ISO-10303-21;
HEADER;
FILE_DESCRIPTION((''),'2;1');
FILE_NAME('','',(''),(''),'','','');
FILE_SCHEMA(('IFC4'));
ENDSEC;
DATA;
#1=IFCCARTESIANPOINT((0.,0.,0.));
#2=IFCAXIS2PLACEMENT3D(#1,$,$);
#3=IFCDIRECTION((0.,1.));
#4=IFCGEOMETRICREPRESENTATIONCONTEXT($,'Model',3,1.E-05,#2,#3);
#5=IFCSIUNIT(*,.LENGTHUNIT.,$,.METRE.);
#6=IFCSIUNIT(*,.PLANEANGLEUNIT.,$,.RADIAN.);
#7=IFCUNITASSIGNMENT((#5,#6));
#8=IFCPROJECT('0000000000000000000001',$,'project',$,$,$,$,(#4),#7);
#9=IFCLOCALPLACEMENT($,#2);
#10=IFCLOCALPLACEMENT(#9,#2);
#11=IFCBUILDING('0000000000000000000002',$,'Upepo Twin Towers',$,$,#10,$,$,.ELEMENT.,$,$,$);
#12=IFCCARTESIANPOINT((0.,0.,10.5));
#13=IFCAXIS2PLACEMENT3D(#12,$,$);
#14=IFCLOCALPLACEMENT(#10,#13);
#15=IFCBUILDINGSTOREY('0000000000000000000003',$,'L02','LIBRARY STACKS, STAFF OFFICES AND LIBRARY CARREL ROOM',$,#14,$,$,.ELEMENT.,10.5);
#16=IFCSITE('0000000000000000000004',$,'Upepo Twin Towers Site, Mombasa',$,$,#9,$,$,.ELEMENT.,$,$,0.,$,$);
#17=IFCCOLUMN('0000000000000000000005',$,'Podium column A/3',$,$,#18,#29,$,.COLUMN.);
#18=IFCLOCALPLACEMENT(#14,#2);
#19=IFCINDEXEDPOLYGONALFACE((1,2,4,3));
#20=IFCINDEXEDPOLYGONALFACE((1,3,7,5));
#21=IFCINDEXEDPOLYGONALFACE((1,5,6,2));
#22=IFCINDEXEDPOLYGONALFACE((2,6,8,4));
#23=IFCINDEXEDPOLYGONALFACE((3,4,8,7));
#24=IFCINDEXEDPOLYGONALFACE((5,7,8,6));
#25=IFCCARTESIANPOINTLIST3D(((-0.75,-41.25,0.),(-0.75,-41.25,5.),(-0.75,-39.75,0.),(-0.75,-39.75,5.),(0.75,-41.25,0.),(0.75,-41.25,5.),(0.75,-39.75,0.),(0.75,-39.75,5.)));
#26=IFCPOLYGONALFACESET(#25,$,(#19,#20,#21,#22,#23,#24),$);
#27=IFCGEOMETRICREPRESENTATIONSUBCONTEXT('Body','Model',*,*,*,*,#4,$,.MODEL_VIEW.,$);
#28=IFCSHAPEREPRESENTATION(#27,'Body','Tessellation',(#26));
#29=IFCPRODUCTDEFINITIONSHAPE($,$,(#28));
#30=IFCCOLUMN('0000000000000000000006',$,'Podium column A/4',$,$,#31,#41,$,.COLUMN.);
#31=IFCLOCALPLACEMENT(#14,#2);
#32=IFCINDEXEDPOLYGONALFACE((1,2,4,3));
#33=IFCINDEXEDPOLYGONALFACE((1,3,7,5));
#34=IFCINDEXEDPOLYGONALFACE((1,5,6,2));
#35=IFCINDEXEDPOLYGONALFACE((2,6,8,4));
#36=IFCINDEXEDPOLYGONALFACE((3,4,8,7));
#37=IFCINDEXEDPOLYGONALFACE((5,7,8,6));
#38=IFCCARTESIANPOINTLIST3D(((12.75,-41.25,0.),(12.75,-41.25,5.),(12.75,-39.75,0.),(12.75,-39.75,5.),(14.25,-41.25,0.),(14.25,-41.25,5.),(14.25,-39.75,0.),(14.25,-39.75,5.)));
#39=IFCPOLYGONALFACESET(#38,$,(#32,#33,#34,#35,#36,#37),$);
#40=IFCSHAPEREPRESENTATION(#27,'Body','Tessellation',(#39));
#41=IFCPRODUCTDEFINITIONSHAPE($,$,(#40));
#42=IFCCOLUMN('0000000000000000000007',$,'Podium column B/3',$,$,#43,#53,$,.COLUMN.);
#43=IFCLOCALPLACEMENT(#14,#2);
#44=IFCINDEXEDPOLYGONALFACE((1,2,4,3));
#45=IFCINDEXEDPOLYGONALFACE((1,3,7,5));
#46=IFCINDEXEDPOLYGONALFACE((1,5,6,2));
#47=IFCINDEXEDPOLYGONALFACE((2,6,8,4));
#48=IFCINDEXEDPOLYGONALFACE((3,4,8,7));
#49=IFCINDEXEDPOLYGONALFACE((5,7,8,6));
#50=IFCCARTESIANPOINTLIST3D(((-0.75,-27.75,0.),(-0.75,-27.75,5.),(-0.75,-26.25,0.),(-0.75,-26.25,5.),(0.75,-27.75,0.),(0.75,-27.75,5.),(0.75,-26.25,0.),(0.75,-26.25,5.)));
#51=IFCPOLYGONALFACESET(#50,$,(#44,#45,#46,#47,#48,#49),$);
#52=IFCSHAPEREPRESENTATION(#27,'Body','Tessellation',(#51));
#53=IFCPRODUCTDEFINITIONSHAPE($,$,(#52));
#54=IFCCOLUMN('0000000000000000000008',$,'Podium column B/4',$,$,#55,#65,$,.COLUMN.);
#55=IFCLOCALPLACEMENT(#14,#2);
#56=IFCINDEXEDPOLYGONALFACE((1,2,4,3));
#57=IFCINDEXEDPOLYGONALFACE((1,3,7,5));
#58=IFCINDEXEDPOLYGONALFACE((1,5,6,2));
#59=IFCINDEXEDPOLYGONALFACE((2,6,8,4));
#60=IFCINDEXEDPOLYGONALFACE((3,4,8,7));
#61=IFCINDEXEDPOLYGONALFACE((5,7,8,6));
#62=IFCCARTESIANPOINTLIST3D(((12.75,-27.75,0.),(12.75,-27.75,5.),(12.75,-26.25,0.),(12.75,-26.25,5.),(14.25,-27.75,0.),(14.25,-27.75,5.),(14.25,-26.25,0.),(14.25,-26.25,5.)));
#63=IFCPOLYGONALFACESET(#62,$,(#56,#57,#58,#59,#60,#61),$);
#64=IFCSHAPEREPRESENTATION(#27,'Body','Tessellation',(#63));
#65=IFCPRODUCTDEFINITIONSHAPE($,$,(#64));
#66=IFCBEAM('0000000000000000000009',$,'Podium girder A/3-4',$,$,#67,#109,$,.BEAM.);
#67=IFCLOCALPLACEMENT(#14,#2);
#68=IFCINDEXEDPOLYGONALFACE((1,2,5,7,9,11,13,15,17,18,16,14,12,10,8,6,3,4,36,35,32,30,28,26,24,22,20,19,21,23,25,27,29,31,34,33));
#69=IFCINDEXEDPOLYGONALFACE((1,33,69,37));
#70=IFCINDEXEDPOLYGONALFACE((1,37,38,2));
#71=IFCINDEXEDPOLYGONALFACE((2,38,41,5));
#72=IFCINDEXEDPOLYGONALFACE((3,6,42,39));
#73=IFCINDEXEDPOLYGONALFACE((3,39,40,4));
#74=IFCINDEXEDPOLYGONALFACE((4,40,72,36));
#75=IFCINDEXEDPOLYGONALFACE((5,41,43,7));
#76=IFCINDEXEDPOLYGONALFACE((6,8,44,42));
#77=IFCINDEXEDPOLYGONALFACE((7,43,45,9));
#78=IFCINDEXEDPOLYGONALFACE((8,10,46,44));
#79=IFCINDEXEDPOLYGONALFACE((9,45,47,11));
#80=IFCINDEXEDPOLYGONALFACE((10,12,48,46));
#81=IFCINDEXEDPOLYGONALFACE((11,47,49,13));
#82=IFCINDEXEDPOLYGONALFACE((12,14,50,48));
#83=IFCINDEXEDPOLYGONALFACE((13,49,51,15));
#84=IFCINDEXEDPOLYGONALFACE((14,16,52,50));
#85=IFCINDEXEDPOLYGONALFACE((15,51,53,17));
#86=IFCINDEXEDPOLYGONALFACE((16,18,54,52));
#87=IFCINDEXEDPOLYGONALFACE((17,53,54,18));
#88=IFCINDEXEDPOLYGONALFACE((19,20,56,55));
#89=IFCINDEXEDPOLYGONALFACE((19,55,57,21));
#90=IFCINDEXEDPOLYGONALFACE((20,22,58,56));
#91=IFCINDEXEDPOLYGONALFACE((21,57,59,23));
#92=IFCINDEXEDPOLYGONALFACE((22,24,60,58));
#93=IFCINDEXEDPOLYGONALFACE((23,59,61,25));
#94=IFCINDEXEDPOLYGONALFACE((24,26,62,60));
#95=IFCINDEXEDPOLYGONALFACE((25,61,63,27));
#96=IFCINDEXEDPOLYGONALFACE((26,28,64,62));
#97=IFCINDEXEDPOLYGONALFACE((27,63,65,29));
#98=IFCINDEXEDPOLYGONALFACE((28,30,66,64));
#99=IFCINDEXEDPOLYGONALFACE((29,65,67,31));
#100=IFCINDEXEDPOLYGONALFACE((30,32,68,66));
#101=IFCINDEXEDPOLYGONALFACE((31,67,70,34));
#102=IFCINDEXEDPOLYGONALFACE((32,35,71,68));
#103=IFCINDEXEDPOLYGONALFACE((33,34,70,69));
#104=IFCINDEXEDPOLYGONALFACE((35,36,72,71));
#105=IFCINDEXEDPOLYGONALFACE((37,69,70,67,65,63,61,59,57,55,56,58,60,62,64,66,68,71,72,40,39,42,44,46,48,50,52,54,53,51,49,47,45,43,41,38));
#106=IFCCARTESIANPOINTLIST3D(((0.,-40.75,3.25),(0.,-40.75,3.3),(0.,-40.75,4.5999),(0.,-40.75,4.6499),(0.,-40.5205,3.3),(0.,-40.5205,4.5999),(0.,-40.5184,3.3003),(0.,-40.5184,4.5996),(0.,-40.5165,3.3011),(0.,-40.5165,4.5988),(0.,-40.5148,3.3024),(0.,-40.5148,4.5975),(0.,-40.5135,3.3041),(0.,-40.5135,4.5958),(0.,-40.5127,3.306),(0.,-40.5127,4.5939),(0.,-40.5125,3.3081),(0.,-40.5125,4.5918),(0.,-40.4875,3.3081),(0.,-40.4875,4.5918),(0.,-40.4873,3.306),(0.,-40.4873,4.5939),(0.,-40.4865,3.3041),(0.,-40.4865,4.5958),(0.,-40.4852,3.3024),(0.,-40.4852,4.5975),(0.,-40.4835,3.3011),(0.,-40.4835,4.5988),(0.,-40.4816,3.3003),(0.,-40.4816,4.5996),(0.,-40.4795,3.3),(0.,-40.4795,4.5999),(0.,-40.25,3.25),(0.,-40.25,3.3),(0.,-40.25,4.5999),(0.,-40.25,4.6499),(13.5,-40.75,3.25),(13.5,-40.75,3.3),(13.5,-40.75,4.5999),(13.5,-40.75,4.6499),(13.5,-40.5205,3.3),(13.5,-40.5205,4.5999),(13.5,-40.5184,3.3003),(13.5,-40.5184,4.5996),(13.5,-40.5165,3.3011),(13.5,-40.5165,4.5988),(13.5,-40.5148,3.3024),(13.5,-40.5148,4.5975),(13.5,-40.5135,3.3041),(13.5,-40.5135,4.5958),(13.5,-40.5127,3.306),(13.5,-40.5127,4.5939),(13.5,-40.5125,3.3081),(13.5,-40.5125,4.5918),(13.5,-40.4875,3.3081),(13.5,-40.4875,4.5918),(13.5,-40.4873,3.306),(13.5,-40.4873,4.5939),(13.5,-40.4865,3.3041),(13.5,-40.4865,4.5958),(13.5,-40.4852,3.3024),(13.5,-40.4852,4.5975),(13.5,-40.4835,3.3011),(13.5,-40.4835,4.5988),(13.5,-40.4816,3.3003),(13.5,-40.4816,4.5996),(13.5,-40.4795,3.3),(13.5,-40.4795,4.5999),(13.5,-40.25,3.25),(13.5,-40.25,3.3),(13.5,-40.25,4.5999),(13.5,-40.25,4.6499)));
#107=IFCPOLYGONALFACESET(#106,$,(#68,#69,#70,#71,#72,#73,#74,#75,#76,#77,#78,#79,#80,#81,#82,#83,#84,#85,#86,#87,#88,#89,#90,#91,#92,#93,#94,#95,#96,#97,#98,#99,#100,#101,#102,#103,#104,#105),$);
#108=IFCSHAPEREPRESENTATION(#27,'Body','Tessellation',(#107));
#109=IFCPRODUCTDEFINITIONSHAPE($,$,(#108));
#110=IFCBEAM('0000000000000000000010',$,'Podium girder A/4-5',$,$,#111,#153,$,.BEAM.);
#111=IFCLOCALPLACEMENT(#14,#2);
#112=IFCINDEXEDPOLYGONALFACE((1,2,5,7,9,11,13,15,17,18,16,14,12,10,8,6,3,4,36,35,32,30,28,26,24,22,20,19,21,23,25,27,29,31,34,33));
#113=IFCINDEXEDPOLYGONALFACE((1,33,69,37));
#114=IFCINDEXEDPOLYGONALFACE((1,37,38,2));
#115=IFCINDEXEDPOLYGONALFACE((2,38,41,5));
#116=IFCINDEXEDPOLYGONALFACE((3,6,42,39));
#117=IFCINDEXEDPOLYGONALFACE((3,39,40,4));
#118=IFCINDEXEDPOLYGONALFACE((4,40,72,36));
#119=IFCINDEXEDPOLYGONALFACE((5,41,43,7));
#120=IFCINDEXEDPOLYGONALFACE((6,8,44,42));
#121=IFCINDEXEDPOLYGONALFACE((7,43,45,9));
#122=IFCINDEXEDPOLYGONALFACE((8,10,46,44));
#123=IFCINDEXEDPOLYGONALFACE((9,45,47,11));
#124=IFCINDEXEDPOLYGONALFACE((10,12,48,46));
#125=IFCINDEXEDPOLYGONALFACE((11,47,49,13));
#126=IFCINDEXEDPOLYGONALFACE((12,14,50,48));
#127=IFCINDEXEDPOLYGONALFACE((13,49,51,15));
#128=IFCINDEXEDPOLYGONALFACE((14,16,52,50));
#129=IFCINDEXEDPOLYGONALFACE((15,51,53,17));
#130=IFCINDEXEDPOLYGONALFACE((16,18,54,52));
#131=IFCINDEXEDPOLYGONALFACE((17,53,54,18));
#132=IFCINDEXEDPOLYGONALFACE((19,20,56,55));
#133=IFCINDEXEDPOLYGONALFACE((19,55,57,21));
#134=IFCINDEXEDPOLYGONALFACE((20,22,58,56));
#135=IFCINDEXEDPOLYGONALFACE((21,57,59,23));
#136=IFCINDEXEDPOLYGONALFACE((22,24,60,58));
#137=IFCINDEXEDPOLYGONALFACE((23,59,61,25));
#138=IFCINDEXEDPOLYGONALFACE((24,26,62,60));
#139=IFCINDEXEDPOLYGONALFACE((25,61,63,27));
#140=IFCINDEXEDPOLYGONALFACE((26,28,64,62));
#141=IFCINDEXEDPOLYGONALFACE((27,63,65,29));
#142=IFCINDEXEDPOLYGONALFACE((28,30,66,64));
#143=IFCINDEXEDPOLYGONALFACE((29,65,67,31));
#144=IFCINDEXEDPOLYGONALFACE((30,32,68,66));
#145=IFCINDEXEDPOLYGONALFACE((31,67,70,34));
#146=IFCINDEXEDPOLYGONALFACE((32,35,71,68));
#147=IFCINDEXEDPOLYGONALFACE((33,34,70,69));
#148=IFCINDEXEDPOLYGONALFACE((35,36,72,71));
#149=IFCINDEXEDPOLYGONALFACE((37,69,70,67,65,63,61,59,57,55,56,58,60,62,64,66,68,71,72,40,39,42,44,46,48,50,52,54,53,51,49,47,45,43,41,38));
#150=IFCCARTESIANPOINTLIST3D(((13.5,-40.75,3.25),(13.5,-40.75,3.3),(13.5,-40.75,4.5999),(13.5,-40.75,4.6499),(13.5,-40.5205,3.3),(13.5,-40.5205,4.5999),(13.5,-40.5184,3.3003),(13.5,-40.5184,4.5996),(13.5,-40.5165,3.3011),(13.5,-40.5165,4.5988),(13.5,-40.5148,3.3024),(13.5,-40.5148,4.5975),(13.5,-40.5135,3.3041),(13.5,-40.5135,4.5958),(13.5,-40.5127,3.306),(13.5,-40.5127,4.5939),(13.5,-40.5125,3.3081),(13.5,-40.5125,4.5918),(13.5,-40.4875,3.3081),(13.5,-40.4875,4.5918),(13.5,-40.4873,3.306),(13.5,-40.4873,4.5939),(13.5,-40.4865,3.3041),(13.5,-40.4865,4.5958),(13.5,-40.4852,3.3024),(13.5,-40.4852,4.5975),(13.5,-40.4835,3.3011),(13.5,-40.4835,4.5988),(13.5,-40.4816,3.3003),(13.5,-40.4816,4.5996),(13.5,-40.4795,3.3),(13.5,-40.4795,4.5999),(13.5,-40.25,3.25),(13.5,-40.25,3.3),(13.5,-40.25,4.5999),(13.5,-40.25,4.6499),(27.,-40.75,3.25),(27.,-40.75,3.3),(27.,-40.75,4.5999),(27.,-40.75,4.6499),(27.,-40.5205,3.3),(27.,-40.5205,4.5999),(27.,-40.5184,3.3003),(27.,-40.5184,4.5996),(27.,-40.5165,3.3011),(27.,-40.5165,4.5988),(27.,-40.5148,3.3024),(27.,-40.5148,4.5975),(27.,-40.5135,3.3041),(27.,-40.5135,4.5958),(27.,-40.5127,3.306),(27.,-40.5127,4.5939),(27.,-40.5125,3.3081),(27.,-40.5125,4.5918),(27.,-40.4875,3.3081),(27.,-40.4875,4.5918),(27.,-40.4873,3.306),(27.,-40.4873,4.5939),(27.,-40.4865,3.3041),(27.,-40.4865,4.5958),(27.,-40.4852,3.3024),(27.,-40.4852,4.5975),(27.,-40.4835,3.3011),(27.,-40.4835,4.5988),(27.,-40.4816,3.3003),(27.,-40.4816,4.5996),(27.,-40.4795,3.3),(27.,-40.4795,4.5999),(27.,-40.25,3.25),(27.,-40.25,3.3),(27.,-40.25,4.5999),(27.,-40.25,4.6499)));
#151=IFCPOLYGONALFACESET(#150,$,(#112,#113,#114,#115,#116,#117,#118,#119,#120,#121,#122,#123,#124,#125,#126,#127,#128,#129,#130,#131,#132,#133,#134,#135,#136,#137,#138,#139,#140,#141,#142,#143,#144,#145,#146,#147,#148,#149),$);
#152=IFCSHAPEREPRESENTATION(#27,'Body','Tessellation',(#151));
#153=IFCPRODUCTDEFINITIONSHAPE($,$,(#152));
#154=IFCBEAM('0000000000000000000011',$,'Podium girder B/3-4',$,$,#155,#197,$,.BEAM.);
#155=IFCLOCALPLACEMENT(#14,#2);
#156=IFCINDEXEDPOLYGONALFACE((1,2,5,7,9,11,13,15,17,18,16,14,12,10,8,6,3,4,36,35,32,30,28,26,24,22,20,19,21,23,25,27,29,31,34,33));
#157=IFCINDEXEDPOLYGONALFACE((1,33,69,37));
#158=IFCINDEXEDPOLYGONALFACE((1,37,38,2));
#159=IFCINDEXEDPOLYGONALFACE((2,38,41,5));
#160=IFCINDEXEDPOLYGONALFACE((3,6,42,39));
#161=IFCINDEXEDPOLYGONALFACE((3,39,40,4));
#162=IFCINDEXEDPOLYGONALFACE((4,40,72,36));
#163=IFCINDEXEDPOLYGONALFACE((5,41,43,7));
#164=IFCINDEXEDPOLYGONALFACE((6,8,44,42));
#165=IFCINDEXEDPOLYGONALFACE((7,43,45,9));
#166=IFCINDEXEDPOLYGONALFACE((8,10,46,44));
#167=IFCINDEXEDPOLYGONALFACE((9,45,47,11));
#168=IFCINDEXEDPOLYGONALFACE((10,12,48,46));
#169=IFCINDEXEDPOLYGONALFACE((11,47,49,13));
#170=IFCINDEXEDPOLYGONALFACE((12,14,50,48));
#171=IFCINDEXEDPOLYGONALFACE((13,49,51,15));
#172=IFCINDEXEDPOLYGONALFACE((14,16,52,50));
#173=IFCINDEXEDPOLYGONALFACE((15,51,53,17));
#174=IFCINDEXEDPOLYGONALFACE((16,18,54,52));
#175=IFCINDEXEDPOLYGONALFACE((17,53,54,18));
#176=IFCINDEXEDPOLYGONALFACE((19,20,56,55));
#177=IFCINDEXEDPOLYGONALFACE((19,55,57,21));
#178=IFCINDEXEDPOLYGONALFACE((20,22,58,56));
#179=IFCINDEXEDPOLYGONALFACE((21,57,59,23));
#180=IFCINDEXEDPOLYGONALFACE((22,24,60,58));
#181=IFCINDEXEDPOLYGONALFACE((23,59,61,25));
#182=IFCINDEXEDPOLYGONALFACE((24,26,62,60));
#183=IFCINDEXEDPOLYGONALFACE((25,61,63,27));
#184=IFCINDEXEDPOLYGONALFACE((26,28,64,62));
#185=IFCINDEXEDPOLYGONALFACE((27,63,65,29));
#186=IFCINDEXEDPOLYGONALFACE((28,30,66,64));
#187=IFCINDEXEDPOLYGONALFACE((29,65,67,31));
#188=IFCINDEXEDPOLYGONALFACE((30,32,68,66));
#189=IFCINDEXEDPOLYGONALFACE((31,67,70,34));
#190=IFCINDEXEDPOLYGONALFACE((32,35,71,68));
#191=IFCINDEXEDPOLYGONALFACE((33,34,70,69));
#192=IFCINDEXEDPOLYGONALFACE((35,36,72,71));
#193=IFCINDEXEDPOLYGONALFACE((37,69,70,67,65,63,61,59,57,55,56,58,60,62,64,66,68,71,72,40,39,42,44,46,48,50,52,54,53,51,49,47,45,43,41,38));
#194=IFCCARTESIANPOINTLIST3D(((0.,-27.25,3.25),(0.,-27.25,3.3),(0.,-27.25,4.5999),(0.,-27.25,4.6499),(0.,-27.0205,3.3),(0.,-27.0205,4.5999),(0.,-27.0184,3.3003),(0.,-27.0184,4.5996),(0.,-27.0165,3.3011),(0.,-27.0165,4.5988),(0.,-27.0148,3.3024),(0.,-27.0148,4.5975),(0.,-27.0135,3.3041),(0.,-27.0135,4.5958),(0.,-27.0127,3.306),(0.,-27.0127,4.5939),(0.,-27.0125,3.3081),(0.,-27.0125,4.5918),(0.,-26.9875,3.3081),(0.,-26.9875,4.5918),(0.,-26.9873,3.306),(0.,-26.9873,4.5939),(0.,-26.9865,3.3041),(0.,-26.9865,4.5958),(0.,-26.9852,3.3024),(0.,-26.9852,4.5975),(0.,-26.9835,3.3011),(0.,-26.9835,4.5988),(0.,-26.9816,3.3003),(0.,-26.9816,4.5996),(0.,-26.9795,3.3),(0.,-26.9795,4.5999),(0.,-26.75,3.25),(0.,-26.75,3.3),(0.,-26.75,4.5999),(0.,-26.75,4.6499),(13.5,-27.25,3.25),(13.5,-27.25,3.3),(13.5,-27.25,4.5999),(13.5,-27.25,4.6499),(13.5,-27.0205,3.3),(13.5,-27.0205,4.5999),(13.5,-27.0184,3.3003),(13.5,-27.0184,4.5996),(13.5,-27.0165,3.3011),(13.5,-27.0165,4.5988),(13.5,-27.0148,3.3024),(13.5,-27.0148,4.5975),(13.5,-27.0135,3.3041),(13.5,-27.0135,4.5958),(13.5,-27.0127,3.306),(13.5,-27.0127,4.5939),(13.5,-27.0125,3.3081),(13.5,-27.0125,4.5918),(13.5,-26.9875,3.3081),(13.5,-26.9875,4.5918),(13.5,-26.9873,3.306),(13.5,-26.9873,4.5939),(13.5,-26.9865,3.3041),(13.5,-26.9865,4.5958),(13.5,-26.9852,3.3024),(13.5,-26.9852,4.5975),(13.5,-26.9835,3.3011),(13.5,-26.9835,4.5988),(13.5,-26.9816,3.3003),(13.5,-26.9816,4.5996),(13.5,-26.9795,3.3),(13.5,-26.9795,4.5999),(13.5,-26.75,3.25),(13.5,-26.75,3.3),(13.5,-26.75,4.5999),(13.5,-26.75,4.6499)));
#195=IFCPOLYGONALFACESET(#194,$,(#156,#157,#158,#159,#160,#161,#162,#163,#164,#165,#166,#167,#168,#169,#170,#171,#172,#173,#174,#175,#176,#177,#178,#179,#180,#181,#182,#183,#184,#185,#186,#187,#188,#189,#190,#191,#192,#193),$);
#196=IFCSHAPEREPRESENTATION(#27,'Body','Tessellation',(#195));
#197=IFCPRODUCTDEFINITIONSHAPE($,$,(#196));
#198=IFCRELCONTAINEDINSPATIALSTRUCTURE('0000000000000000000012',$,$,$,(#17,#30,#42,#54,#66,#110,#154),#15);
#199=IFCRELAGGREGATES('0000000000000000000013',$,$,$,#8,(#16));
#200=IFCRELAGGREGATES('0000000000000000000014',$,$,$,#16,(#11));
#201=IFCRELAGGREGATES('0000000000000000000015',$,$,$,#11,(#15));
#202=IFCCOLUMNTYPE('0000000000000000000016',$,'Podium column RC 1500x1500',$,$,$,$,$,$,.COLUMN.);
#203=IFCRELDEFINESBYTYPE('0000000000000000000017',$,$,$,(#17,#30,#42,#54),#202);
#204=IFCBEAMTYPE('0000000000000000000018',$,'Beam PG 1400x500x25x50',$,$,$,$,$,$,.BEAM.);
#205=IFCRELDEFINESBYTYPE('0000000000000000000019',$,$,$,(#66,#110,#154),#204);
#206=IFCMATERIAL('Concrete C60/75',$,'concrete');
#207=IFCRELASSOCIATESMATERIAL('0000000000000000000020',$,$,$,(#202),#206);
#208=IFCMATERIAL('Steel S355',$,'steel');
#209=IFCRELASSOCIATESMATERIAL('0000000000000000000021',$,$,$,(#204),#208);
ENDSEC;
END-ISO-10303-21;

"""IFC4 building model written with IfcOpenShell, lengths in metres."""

from ifc_helpers import new_model, si_unit, direction, frame, origin, origin_2d, place, context, subcontext, project, spatial, rectangle, i_section, extrude, material, material_profile, profile_set, type_object, element, save


model = new_model("IFC4")

# Units and contexts
model_context = context("Model", 3, precision=1e-05, world=origin(), true_north=direction((0.0, 1.0)))
body_context = subcontext(model_context, "Body", "Model", "MODEL_VIEW")
ifc_project = project(units=[si_unit("LENGTHUNIT", "METRE"), si_unit("PLANEANGLEUNIT", "RADIAN")], contexts=[model_context])

# Site, building, storey
site_placement = place(None, origin())
site = spatial("IfcSite", under=ifc_project, at=site_placement, Name="Upepo Twin Towers Site, Mombasa", CompositionType="ELEMENT", RefElevation=0.0)
building_placement = place(site_placement, origin())
building = spatial("IfcBuilding", under=site, at=building_placement, Name="Upepo Twin Towers", CompositionType="ELEMENT")
storey_placement = place(building_placement, frame((0.0, 0.0, 10.5)))
storey = spatial("IfcBuildingStorey", under=building, at=storey_placement, Name="L02", Description="LIBRARY STACKS, STAFF OFFICES AND LIBRARY CARREL ROOM", CompositionType="ELEMENT", Elevation=10.5)

# Columns
ifc_material_1 = material(Name="Concrete C60/75", Category="concrete")
ifc_material_profile_1 = material_profile(ifc_material_1, rectangle(XDim=1.5, YDim=1.5, at=origin_2d()), Name="RC 1500x1500")
ifc_profile_set_1 = profile_set([ifc_material_profile_1], Name="Concrete C60/75")
column_type = type_object("IfcColumnType", Name="Podium column RC 1500x1500", PredefinedType="COLUMN", material=ifc_profile_set_1)
for number, where, z_axis, x_axis, name in (
    (1, (0.0, -40.5, 0.0), (0.0, 0.0, 1.0), (1.0, 0.0, 0.0), "Podium column A/3"),
    (2, (13.5, -40.5, 0.0), (0.0, 0.0, 1.0), (1.0, 0.0, 0.0), "Podium column A/4"),
    (3, (0.0, -27.0, 0.0), (0.0, 0.0, 1.0), (1.0, 0.0, 0.0), "Podium column B/3"),
    (4, (13.5, -27.0, 0.0), (0.0, 0.0, 1.0), (1.0, 0.0, 0.0), "Podium column B/4"),
):
    element("IfcColumn", number, at=place(storey_placement, frame(where, z_axis=z_axis, x_axis=x_axis)), inside=storey, type_object=column_type, Name=name, PredefinedType="COLUMN", context=body_context, shape_type="SweptSolid", body=[
        extrude(rectangle(XDim=1.5, YDim=1.5, at=origin_2d()), origin(), (0.0, 0.0, 1.0), 5.0),
    ])

# Beams
ifc_material_2 = material(Name="Steel S355", Category="steel")
ifc_material_profile_2 = material_profile(ifc_material_2, i_section(OverallWidth=0.5, OverallDepth=1.3999, WebThickness=0.0249, FlangeThickness=0.05, FilletRadius=0.0081, at=origin_2d()), Name="PG 1400x500x25x50")
ifc_profile_set_2 = profile_set([ifc_material_profile_2], Name="Steel S355")
beam_type_1 = type_object("IfcBeamType", Name="Beam PG 1400x500x25x50", PredefinedType="BEAM", material=ifc_profile_set_2)
for number, where, z_axis, x_axis, name in (
    (5, (0.0, -40.5, 3.95), (1.0, 0.0, 0.0), (0.0, 1.0, 0.0), "Podium girder A/3-4"),
    (6, (13.5, -40.5, 3.95), (1.0, 0.0, 0.0), (0.0, 1.0, 0.0), "Podium girder A/4-5"),
    (7, (0.0, -27.0, 3.95), (1.0, 0.0, 0.0), (0.0, 1.0, 0.0), "Podium girder B/3-4"),
):
    element("IfcBeam", number, at=place(storey_placement, frame(where, z_axis=z_axis, x_axis=x_axis)), inside=storey, type_object=beam_type_1, Name=name, PredefinedType="BEAM", context=body_context, shape_type="SweptSolid", body=[
        extrude(i_section(OverallWidth=0.5, OverallDepth=1.3999, WebThickness=0.0249, FlangeThickness=0.05, FilletRadius=0.0081, at=origin_2d()), origin(), (0.0, 0.0, 1.0), 13.5),
    ])

save(model, "model.ifc")
